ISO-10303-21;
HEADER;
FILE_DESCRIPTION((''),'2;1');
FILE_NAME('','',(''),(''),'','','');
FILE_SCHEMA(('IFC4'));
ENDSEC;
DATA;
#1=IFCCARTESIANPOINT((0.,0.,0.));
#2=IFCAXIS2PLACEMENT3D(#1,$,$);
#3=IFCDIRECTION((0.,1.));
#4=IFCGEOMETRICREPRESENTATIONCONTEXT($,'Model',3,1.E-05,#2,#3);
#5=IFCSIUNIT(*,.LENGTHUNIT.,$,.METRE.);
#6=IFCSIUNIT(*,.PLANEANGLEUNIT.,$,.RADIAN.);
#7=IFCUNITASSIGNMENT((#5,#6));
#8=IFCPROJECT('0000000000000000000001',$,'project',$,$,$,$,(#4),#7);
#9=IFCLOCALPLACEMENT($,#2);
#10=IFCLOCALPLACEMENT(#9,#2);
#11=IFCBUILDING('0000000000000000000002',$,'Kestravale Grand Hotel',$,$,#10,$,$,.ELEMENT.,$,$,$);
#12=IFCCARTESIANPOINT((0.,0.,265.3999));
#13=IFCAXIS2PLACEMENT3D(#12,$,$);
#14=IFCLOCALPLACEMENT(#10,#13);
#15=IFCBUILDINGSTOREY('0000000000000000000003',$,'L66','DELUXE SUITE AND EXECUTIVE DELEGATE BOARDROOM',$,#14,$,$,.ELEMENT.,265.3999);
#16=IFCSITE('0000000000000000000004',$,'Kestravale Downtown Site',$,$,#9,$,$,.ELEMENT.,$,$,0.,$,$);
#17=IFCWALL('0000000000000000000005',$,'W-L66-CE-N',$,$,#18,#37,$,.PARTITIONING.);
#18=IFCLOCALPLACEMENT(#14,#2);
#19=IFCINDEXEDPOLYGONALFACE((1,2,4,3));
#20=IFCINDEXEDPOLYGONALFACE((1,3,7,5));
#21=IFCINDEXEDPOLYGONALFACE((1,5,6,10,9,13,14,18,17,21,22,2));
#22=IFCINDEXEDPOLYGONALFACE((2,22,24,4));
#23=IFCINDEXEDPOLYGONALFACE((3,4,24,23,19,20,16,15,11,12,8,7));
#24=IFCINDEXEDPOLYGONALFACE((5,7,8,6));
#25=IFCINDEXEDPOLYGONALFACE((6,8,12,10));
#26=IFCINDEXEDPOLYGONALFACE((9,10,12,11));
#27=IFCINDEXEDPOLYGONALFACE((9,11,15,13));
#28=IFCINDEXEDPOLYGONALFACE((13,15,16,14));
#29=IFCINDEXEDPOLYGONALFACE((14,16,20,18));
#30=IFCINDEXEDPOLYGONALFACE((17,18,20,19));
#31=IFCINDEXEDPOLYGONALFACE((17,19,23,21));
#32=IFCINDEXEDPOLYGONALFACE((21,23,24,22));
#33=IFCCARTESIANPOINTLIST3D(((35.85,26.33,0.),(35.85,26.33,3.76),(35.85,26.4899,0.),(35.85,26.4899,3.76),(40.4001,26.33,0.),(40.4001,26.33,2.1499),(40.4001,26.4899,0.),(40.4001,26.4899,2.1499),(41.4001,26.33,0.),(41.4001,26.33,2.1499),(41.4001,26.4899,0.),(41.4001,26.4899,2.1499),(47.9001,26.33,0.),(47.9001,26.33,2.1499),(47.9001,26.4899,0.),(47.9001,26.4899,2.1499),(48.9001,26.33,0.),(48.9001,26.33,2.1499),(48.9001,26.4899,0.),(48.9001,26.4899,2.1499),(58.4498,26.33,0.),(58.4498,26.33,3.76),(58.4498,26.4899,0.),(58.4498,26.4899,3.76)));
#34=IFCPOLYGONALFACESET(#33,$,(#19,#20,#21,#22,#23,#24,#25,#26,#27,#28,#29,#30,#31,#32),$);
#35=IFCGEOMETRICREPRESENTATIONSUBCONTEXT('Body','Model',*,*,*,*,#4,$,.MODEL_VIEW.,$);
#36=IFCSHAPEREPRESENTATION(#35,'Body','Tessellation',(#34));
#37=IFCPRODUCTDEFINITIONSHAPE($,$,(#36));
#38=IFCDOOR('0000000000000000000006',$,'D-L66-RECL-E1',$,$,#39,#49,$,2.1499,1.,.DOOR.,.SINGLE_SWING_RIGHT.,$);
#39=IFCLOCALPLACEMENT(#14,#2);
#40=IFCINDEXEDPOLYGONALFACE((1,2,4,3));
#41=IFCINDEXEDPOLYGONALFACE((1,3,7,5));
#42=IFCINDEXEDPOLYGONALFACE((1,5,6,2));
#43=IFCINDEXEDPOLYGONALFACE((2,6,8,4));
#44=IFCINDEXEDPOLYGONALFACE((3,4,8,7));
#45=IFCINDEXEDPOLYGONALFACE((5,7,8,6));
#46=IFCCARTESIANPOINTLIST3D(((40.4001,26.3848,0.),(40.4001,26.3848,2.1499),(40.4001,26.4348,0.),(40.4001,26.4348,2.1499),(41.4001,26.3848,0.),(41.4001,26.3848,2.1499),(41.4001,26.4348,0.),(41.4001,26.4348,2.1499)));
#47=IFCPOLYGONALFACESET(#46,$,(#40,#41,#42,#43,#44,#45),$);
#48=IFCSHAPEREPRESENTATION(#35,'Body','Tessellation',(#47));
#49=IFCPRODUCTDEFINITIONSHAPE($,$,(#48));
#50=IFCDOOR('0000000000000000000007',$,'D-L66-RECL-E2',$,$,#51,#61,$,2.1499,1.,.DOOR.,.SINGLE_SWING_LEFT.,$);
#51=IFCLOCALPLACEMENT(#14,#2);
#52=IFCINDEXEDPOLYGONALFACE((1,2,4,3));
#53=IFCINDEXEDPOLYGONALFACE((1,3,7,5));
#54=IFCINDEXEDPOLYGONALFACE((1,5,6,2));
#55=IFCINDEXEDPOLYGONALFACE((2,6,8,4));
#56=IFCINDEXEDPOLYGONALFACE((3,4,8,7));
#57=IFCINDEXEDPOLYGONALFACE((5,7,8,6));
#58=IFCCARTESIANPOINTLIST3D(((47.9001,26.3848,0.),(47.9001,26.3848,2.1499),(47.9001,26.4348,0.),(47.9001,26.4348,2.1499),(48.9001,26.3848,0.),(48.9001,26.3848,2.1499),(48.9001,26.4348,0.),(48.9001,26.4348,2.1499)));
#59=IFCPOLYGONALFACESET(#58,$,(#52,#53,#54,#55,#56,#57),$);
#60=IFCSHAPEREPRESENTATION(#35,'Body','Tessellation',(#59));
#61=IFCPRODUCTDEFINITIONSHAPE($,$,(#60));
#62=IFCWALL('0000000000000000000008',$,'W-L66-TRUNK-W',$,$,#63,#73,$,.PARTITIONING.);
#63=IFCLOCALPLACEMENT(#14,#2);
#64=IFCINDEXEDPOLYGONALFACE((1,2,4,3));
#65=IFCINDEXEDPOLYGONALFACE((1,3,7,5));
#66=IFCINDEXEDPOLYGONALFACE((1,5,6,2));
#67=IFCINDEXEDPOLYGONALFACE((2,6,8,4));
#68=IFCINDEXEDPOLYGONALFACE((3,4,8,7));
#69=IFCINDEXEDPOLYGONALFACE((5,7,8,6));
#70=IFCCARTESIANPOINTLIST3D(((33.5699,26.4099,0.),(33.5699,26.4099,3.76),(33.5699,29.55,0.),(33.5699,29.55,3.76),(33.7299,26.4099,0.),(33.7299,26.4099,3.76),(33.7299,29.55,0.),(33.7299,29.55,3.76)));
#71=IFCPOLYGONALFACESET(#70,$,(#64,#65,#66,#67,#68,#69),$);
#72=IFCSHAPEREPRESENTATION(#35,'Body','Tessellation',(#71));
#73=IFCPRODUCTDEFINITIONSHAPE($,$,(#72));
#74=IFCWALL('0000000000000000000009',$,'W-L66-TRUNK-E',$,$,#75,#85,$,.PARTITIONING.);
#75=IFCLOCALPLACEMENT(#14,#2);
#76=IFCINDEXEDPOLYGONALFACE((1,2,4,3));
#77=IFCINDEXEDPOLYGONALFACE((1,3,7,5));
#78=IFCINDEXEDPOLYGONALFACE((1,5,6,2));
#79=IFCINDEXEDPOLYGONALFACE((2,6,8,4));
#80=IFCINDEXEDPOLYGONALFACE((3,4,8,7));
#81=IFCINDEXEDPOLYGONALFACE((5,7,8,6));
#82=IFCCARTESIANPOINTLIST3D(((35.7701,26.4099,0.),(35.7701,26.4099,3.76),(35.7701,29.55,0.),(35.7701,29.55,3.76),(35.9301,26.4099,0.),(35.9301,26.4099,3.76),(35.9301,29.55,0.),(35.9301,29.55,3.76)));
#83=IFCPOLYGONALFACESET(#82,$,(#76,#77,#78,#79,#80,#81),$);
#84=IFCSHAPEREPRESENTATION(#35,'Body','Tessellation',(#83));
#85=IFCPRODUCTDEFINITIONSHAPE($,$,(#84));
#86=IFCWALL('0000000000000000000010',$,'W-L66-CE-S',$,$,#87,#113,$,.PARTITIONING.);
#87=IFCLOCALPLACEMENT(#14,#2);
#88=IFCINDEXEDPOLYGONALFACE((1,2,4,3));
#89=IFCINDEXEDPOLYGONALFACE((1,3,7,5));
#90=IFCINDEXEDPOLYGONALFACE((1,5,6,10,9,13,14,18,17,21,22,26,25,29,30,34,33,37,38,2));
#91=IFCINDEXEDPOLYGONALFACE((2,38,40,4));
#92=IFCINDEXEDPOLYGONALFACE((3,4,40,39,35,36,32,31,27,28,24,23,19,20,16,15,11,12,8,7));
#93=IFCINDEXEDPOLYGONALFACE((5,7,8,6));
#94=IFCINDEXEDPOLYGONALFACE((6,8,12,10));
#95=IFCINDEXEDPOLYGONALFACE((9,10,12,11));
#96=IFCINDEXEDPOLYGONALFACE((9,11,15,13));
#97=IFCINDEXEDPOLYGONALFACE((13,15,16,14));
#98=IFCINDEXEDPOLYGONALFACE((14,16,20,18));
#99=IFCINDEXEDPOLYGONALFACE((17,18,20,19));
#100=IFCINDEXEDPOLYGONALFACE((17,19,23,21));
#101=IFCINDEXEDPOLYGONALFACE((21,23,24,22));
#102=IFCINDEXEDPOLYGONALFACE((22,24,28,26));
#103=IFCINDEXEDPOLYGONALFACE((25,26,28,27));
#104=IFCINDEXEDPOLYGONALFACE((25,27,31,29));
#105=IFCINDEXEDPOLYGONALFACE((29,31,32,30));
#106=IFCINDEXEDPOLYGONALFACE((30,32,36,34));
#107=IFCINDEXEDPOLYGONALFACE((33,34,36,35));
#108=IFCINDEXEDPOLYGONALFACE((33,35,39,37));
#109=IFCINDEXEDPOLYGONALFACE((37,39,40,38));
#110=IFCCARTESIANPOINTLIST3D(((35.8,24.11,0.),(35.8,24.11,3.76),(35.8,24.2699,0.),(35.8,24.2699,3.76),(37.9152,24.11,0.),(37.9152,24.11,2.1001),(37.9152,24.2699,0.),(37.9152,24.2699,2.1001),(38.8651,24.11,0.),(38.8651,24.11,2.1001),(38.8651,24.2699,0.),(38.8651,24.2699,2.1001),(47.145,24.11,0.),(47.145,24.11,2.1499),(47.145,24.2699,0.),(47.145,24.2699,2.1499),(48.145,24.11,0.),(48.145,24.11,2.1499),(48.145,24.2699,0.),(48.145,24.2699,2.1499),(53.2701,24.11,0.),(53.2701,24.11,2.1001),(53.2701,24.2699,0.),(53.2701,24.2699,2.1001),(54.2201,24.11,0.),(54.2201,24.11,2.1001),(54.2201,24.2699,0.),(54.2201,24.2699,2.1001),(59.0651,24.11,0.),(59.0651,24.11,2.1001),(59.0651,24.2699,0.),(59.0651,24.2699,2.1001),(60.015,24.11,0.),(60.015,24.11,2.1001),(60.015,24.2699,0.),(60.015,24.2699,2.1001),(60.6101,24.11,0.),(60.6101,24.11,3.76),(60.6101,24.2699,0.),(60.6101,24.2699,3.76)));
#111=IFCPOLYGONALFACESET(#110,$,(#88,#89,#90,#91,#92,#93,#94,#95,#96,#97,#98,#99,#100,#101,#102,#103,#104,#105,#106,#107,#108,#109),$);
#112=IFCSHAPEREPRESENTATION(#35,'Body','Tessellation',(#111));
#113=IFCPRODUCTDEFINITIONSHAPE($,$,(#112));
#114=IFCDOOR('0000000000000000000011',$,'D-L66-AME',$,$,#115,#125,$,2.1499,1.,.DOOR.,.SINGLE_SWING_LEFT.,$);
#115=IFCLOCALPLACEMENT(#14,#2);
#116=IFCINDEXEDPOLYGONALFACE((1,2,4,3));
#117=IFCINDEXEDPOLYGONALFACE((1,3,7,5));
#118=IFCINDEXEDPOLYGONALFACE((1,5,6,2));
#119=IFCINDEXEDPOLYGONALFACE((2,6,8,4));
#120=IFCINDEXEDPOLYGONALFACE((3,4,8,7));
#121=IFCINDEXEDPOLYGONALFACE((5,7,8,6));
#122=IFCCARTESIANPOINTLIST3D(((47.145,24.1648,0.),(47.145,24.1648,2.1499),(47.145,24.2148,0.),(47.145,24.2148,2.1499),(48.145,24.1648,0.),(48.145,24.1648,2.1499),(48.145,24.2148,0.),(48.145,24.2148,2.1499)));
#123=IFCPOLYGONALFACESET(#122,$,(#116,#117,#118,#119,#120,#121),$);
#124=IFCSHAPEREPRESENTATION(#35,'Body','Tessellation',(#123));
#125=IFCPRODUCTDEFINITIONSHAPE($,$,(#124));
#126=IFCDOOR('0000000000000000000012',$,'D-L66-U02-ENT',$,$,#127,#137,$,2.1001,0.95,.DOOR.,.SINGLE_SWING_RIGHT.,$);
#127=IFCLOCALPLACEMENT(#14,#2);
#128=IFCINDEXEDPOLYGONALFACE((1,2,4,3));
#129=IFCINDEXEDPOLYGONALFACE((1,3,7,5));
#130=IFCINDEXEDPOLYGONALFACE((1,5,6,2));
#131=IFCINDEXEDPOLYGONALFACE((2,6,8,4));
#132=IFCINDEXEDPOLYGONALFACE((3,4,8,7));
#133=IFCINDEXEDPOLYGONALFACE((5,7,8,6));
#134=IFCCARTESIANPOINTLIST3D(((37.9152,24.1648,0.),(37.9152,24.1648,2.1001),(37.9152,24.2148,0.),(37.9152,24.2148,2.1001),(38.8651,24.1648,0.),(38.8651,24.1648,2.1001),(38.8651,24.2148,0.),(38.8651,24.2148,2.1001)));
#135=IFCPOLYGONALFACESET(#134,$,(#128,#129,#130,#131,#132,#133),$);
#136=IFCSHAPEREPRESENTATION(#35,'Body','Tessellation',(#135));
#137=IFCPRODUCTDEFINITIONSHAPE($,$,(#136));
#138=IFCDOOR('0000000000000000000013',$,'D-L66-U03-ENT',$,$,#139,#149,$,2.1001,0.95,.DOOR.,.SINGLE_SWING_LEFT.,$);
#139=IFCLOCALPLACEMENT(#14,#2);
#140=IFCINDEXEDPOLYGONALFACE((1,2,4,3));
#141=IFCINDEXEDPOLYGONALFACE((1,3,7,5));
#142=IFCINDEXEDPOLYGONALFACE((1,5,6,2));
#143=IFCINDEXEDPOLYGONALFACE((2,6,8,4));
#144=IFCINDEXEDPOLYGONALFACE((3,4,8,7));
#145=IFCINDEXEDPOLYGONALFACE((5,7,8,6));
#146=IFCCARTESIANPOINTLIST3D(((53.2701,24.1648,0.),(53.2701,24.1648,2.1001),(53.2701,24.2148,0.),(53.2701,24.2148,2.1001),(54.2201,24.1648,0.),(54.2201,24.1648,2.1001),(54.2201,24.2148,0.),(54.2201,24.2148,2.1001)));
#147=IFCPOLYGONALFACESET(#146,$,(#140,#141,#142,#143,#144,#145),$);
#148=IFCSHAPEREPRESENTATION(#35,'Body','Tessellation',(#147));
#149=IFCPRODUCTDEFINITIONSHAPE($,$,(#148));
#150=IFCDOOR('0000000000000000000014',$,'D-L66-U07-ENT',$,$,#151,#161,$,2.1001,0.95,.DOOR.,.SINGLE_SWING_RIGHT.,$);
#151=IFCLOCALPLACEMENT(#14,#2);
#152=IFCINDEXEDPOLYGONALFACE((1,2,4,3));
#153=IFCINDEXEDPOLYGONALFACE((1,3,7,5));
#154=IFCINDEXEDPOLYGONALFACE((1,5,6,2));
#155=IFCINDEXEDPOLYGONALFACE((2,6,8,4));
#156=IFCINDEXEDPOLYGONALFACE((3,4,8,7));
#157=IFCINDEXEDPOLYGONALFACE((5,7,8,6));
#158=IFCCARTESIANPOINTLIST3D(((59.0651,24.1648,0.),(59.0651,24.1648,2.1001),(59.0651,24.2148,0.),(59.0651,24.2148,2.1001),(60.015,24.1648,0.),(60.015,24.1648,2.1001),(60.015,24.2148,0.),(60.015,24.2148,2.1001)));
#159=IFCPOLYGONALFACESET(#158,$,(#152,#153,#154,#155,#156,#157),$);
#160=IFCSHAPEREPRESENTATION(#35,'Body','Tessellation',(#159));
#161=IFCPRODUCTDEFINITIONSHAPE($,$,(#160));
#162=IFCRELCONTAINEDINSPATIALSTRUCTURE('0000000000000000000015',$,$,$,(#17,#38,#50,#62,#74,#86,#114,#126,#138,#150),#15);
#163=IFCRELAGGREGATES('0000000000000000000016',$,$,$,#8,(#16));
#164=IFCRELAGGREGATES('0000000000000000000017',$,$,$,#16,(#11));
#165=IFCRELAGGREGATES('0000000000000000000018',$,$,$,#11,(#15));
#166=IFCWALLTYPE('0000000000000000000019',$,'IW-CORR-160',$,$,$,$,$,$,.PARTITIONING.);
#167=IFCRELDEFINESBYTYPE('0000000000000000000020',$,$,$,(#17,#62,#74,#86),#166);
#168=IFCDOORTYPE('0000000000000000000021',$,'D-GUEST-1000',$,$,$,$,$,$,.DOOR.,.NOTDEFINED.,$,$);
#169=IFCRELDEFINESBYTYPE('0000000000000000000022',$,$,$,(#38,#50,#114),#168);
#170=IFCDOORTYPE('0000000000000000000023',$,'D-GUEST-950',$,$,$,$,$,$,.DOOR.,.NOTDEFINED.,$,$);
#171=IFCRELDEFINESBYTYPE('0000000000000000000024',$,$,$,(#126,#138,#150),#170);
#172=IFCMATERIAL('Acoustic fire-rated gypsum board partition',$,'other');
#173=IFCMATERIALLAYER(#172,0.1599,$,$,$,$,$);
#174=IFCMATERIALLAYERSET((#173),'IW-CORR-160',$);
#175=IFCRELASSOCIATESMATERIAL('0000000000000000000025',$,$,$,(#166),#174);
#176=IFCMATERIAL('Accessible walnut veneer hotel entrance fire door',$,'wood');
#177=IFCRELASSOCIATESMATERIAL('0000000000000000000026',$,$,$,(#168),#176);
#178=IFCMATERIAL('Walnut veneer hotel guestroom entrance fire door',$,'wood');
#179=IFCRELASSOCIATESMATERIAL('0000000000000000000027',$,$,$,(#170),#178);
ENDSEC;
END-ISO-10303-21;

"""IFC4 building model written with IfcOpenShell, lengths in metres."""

from ifc_helpers import new_model, si_unit, direction, frame, frame_2d, origin, place, context, subcontext, project, spatial, rectangle, extrude, material, layer, layer_set, type_object, element, fill, save


model = new_model("IFC4")

# Units and contexts
model_context = context("Model", 3, precision=1e-05, world=origin(), true_north=direction((0.0, 1.0)))
body_context = subcontext(model_context, "Body", "Model", "MODEL_VIEW")
ifc_project = project(units=[si_unit("LENGTHUNIT", "METRE"), si_unit("PLANEANGLEUNIT", "RADIAN")], contexts=[model_context])

# Site, building, storey
site_placement = place(None, origin())
site = spatial("IfcSite", under=ifc_project, at=site_placement, Name="Kestravale Downtown Site", CompositionType="ELEMENT", RefElevation=0.0)
building_placement = place(site_placement, origin())
building = spatial("IfcBuilding", under=site, at=building_placement, Name="Kestravale Grand Hotel", CompositionType="ELEMENT")
storey_placement = place(building_placement, frame((0.0, 0.0, 265.3999)))
storey = spatial("IfcBuildingStorey", under=building, at=storey_placement, Name="L66", Description="DELUXE SUITE AND EXECUTIVE DELEGATE BOARDROOM", CompositionType="ELEMENT", Elevation=265.3999)

# Wall, openings, doors
ifc_material_1 = material(Name="Acoustic fire-rated gypsum board partition", Category="other")
ifc_layer_1 = layer(ifc_material_1, 0.1599)
ifc_layer_set_1 = layer_set([ifc_layer_1], Name="IW-CORR-160")
wall_type_1 = type_object("IfcWallType", Name="IW-CORR-160", PredefinedType="PARTITIONING", material=ifc_layer_set_1)
wall_1_placement = place(storey_placement, frame((35.8501, 26.4099, 0.0), z_axis=(0.0, 0.0, 1.0), x_axis=(1.0, 0.0, 0.0)))
wall_1 = element("IfcWall", 1, at=wall_1_placement, inside=storey, type_object=wall_type_1, Name="W-L66-CE-N", PredefinedType="PARTITIONING", context=body_context, shape_type="SweptSolid", body=[
    extrude(rectangle(XDim=22.5999, YDim=0.1599, at=frame_2d((11.2998, 0.0))), origin(), (0.0, 0.0, 1.0), 3.76),
])
opening_1_placement = place(wall_1_placement, frame((4.55, 0.0, 0.0)))
opening_1 = element("IfcOpeningElement", 2, at=opening_1_placement, cuts=wall_1, PredefinedType="OPENING", context=body_context, shape_type="SweptSolid", body=[
    extrude(rectangle(XDim=1.0, YDim=2.1499, at=frame_2d((0.5, 1.075))), frame((0.0, 0.0898, 0.0), z_axis=(0.0, -1.0, 0.0), x_axis=(1.0, 0.0, 0.0)), (0.0, 0.0, 1.0), 0.1799),
])
opening_2_placement = place(wall_1_placement, frame((12.05, 0.0, 0.0)))
opening_2 = element("IfcOpeningElement", 3, at=opening_2_placement, cuts=wall_1, PredefinedType="OPENING", context=body_context, shape_type="SweptSolid", body=[
    extrude(rectangle(XDim=1.0, YDim=2.1499, at=frame_2d((0.5, 1.075))), frame((0.0, 0.0898, 0.0), z_axis=(0.0, -1.0, 0.0), x_axis=(1.0, 0.0, 0.0)), (0.0, 0.0, 1.0), 0.1799),
])
ifc_material_2 = material(Name="Accessible walnut veneer hotel entrance fire door", Category="wood")
door_type_1 = type_object("IfcDoorType", Name="D-GUEST-1000", OperationType="NOTDEFINED", PredefinedType="DOOR", material=ifc_material_2)
door_1_placement = place(opening_1_placement, origin())
door_1 = element("IfcDoor", 4, at=door_1_placement, inside=storey, type_object=door_type_1, Name="D-L66-RECL-E1", OperationType="SINGLE_SWING_RIGHT", OverallHeight=2.1499, OverallWidth=1.0, PredefinedType="DOOR", context=body_context, shape_type="SweptSolid", body=[
    extrude(rectangle(XDim=1.0, YDim=2.1499, at=frame_2d((0.5, 1.075))), frame((0.0, 0.0249, 0.0), z_axis=(0.0, -1.0, 0.0), x_axis=(1.0, 0.0, 0.0)), (0.0, 0.0, 1.0), 0.05),
])
fill(opening_1, door_1)
door_2_placement = place(opening_2_placement, origin())
door_2 = element("IfcDoor", 5, at=door_2_placement, inside=storey, type_object=door_type_1, Name="D-L66-RECL-E2", OperationType="SINGLE_SWING_LEFT", OverallHeight=2.1499, OverallWidth=1.0, PredefinedType="DOOR", context=body_context, shape_type="SweptSolid", body=[
    extrude(rectangle(XDim=1.0, YDim=2.1499, at=frame_2d((0.5, 1.075))), frame((0.0, 0.0249, 0.0), z_axis=(0.0, -1.0, 0.0), x_axis=(1.0, 0.0, 0.0)), (0.0, 0.0, 1.0), 0.05),
])
fill(opening_2, door_2)

# Walls
for number, where, z_axis, x_axis, name in (
    (6, (33.6499, 26.4099, 0.0), (0.0, 0.0, 1.0), (0.0, 1.0, 0.0), "W-L66-TRUNK-W"),
    (7, (35.8501, 26.4099, 0.0), (0.0, 0.0, 1.0), (0.0, 1.0, 0.0), "W-L66-TRUNK-E"),
):
    element("IfcWall", number, at=place(storey_placement, frame(where, z_axis=z_axis, x_axis=x_axis)), inside=storey, type_object=wall_type_1, Name=name, PredefinedType="PARTITIONING", context=body_context, shape_type="SweptSolid", body=[
        extrude(rectangle(XDim=3.1401, YDim=0.1599, at=frame_2d((1.5701, 0.0))), origin(), (0.0, 0.0, 1.0), 3.76),
    ])

# Wall, openings, doors
wall_2_placement = place(storey_placement, frame((35.8, 24.1899, 0.0), z_axis=(0.0, 0.0, 1.0), x_axis=(1.0, 0.0, 0.0)))
wall_2 = element("IfcWall", 8, at=wall_2_placement, inside=storey, type_object=wall_type_1, Name="W-L66-CE-S", PredefinedType="PARTITIONING", context=body_context, shape_type="SweptSolid", body=[
    extrude(rectangle(XDim=24.8101, YDim=0.1599, at=frame_2d((12.405, 0.0))), origin(), (0.0, 0.0, 1.0), 3.76),
])
opening_3_placement = place(wall_2_placement, frame((2.115, 0.0, 0.0)))
opening_3 = element("IfcOpeningElement", 9, at=opening_3_placement, cuts=wall_2, PredefinedType="OPENING", context=body_context, shape_type="SweptSolid", body=[
    extrude(rectangle(XDim=0.95, YDim=2.1001, at=frame_2d((0.4751, 1.05))), frame((0.0, 0.0898, 0.0), z_axis=(0.0, -1.0, 0.0), x_axis=(1.0, 0.0, 0.0)), (0.0, 0.0, 1.0), 0.1799),
])
opening_4_placement = place(wall_2_placement, frame((11.345, 0.0, 0.0)))
opening_4 = element("IfcOpeningElement", 10, at=opening_4_placement, cuts=wall_2, PredefinedType="OPENING", context=body_context, shape_type="SweptSolid", body=[
    extrude(rectangle(XDim=1.0, YDim=2.1499, at=frame_2d((0.5, 1.075))), frame((0.0, 0.0898, 0.0), z_axis=(0.0, -1.0, 0.0), x_axis=(1.0, 0.0, 0.0)), (0.0, 0.0, 1.0), 0.1799),
])
opening_5_placement = place(wall_2_placement, frame((17.47, 0.0, 0.0)))
opening_5 = element("IfcOpeningElement", 11, at=opening_5_placement, cuts=wall_2, PredefinedType="OPENING", context=body_context, shape_type="SweptSolid", body=[
    extrude(rectangle(XDim=0.95, YDim=2.1001, at=frame_2d((0.4751, 1.05))), frame((0.0, 0.0898, 0.0), z_axis=(0.0, -1.0, 0.0), x_axis=(1.0, 0.0, 0.0)), (0.0, 0.0, 1.0), 0.1799),
])
opening_6_placement = place(wall_2_placement, frame((23.2649, 0.0, 0.0)))
opening_6 = element("IfcOpeningElement", 12, at=opening_6_placement, cuts=wall_2, PredefinedType="OPENING", context=body_context, shape_type="SweptSolid", body=[
    extrude(rectangle(XDim=0.95, YDim=2.1001, at=frame_2d((0.4751, 1.05))), frame((0.0, 0.0898, 0.0), z_axis=(0.0, -1.0, 0.0), x_axis=(1.0, 0.0, 0.0)), (0.0, 0.0, 1.0), 0.1799),
])
door_3_placement = place(opening_4_placement, origin())
door_3 = element("IfcDoor", 13, at=door_3_placement, inside=storey, type_object=door_type_1, Name="D-L66-AME", OperationType="SINGLE_SWING_LEFT", OverallHeight=2.1499, OverallWidth=1.0, PredefinedType="DOOR", context=body_context, shape_type="SweptSolid", body=[
    extrude(rectangle(XDim=1.0, YDim=2.1499, at=frame_2d((0.5, 1.075))), frame((0.0, 0.0249, 0.0), z_axis=(0.0, -1.0, 0.0), x_axis=(1.0, 0.0, 0.0)), (0.0, 0.0, 1.0), 0.05),
])
fill(opening_4, door_3)
ifc_material_3 = material(Name="Walnut veneer hotel guestroom entrance fire door", Category="wood")
door_type_2 = type_object("IfcDoorType", Name="D-GUEST-950", OperationType="NOTDEFINED", PredefinedType="DOOR", material=ifc_material_3)
door_4_placement = place(opening_3_placement, origin())
door_4 = element("IfcDoor", 14, at=door_4_placement, inside=storey, type_object=door_type_2, Name="D-L66-U02-ENT", OperationType="SINGLE_SWING_RIGHT", OverallHeight=2.1001, OverallWidth=0.95, PredefinedType="DOOR", context=body_context, shape_type="SweptSolid", body=[
    extrude(rectangle(XDim=0.95, YDim=2.1001, at=frame_2d((0.4751, 1.05))), frame((0.0, 0.0249, 0.0), z_axis=(0.0, -1.0, 0.0), x_axis=(1.0, 0.0, 0.0)), (0.0, 0.0, 1.0), 0.05),
])
fill(opening_3, door_4)
door_5_placement = place(opening_5_placement, origin())
door_5 = element("IfcDoor", 15, at=door_5_placement, inside=storey, type_object=door_type_2, Name="D-L66-U03-ENT", OperationType="SINGLE_SWING_LEFT", OverallHeight=2.1001, OverallWidth=0.95, PredefinedType="DOOR", context=body_context, shape_type="SweptSolid", body=[
    extrude(rectangle(XDim=0.95, YDim=2.1001, at=frame_2d((0.4751, 1.05))), frame((0.0, 0.0249, 0.0), z_axis=(0.0, -1.0, 0.0), x_axis=(1.0, 0.0, 0.0)), (0.0, 0.0, 1.0), 0.05),
])
fill(opening_5, door_5)
door_6_placement = place(opening_6_placement, origin())
door_6 = element("IfcDoor", 16, at=door_6_placement, inside=storey, type_object=door_type_2, Name="D-L66-U07-ENT", OperationType="SINGLE_SWING_RIGHT", OverallHeight=2.1001, OverallWidth=0.95, PredefinedType="DOOR", context=body_context, shape_type="SweptSolid", body=[
    extrude(rectangle(XDim=0.95, YDim=2.1001, at=frame_2d((0.4751, 1.05))), frame((0.0, 0.0249, 0.0), z_axis=(0.0, -1.0, 0.0), x_axis=(1.0, 0.0, 0.0)), (0.0, 0.0, 1.0), 0.05),
])
fill(opening_6, door_6)

save(model, "model.ifc")
